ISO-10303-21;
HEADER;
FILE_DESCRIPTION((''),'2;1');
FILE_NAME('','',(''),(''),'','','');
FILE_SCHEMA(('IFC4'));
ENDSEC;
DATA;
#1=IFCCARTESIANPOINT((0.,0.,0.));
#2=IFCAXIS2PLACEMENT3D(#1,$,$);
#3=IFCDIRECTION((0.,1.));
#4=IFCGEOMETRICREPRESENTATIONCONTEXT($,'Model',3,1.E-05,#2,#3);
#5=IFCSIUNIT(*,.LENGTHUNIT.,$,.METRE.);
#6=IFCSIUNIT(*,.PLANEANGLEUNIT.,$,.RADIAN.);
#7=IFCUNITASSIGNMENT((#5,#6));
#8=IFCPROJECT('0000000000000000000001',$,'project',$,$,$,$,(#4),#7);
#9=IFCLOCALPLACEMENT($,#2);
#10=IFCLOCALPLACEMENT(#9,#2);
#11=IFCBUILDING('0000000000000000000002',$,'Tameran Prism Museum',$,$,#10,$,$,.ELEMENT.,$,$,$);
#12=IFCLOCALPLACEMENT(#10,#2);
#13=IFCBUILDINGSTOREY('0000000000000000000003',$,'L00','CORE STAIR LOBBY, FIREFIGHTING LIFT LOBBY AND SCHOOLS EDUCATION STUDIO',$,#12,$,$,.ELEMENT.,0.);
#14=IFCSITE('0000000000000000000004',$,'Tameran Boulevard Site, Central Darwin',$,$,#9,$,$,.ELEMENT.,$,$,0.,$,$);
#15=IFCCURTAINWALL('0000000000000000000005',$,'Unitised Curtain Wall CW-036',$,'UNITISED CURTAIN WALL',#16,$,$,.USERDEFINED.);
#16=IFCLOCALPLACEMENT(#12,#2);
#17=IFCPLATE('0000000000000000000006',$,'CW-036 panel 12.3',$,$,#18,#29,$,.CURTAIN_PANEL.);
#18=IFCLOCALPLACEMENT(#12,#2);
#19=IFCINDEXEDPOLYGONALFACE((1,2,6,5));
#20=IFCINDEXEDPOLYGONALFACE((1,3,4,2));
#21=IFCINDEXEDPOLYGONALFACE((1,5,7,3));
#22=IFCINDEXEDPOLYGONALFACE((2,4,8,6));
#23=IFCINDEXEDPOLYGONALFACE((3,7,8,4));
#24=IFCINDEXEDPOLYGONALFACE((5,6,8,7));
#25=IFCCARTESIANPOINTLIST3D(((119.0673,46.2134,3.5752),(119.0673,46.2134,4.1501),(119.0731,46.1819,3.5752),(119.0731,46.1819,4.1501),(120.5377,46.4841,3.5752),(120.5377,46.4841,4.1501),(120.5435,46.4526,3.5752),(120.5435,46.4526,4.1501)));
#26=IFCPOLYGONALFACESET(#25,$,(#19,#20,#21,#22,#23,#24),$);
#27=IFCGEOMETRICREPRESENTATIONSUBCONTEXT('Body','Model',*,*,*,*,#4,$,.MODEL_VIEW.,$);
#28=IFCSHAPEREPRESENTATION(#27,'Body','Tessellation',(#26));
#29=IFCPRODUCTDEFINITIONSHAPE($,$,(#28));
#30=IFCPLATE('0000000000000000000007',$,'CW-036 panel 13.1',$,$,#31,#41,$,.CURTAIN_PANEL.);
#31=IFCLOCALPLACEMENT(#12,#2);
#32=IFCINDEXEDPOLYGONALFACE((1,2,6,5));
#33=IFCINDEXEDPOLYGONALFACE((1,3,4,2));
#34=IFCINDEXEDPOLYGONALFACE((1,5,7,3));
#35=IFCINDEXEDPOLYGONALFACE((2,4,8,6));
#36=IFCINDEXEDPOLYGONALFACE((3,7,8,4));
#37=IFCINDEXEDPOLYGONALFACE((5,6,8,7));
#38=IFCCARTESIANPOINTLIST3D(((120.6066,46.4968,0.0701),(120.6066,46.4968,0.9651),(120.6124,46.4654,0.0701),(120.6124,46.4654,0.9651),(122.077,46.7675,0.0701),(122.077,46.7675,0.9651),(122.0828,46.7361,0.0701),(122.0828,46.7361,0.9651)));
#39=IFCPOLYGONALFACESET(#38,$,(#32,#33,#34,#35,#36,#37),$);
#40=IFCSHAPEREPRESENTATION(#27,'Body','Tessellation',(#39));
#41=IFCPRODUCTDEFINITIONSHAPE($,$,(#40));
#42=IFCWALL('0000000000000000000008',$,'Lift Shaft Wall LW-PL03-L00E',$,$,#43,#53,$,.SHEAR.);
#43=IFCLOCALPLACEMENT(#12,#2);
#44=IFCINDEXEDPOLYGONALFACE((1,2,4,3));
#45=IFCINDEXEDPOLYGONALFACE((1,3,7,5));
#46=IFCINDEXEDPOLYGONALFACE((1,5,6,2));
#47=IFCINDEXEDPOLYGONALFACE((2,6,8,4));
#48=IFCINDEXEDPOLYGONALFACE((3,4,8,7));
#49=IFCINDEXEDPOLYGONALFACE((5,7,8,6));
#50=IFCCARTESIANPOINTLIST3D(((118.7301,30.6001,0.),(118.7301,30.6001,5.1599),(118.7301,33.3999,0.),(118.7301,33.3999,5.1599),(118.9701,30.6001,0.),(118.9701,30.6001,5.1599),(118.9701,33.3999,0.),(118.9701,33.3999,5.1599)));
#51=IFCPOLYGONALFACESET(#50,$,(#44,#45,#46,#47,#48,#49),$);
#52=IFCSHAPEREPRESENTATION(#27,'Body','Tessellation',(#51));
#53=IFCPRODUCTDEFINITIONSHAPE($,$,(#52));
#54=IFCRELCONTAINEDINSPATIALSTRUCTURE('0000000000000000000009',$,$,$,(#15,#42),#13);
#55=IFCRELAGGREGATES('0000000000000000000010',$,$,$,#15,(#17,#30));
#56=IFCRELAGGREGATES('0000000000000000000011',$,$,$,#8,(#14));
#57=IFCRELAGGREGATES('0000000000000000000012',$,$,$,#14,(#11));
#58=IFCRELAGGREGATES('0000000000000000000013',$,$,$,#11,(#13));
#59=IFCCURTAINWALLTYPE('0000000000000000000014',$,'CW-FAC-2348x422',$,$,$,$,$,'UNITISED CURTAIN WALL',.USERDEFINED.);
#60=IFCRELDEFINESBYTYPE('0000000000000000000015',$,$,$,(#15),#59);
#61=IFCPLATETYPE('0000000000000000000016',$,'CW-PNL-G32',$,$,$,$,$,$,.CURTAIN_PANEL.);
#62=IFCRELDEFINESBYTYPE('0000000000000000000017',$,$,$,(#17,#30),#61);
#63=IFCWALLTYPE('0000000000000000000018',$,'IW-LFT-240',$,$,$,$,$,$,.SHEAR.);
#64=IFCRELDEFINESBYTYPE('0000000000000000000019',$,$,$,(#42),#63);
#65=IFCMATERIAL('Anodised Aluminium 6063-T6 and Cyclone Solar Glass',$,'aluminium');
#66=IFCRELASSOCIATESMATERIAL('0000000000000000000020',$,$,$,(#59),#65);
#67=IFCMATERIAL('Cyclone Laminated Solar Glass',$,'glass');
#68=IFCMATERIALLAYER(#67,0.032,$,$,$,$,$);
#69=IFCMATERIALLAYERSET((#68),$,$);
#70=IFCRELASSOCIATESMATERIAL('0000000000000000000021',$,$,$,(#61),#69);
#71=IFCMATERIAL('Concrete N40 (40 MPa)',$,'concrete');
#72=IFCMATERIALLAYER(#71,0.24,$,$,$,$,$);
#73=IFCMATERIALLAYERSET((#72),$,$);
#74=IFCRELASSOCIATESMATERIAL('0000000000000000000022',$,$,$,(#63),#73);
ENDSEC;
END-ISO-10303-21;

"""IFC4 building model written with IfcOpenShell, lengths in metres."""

from ifc_helpers import new_model, si_unit, direction, frame, frame_2d, origin, origin_2d, place, context, subcontext, project, spatial, rectangle, extrude, material, layer, layer_set, type_object, element, aggregate, save


model = new_model("IFC4")

# Units and contexts
model_context = context("Model", 3, precision=1e-05, world=origin(), true_north=direction((0.0, 1.0)))
body_context = subcontext(model_context, "Body", "Model", "MODEL_VIEW")
ifc_project = project(units=[si_unit("LENGTHUNIT", "METRE"), si_unit("PLANEANGLEUNIT", "RADIAN")], contexts=[model_context])

# Site, building, storey
site_placement = place(None, origin())
site = spatial("IfcSite", under=ifc_project, at=site_placement, Name="Tameran Boulevard Site, Central Darwin", CompositionType="ELEMENT", RefElevation=0.0)
building_placement = place(site_placement, origin())
building = spatial("IfcBuilding", under=site, at=building_placement, Name="Tameran Prism Museum", CompositionType="ELEMENT")
storey_placement = place(building_placement, origin())
storey = spatial("IfcBuildingStorey", under=building, at=storey_placement, Name="L00", Description="CORE STAIR LOBBY, FIREFIGHTING LIFT LOBBY AND SCHOOLS EDUCATION STUDIO", CompositionType="ELEMENT", Elevation=0.0)

# Curtain wall, plates
ifc_material_1 = material(Name="Anodised Aluminium 6063-T6 and Cyclone Solar Glass", Category="aluminium")
curtain_wall_type = type_object("IfcCurtainWallType", Name="CW-FAC-2348x422", ElementType="UNITISED CURTAIN WALL", PredefinedType="USERDEFINED", material=ifc_material_1)
curtain_wall_placement = place(storey_placement, origin())
curtain_wall = element("IfcCurtainWall", 1, at=curtain_wall_placement, inside=storey, type_object=curtain_wall_type, Name="Unitised Curtain Wall CW-036", ObjectType="UNITISED CURTAIN WALL", PredefinedType="USERDEFINED")
ifc_material_2 = material(Name="Cyclone Laminated Solar Glass", Category="glass")
ifc_layer_1 = layer(ifc_material_2, 0.032)
ifc_layer_set_1 = layer_set([ifc_layer_1])
plate_type = type_object("IfcPlateType", Name="CW-PNL-G32", PredefinedType="CURTAIN_PANEL", material=ifc_layer_set_1)
plate_1_placement = place(storey_placement, frame((119.8054, 46.333, 3.5752), z_axis=(0.0, 0.0, 1.0), x_axis=(0.983472, 0.181063, 0.0)))
plate_1 = element("IfcPlate", 2, at=plate_1_placement, type_object=plate_type, Name="CW-036 panel 12.3", PredefinedType="CURTAIN_PANEL", context=body_context, shape_type="SweptSolid", body=[
    extrude(rectangle(XDim=1.4951, YDim=0.032, at=origin_2d()), origin(), (0.0, 0.0, 1.0), 0.575),
])
plate_2_placement = place(storey_placement, frame((121.3447, 46.6165, 0.0701), z_axis=(0.0, 0.0, 1.0), x_axis=(0.983472, 0.181063, 0.0)))
plate_2 = element("IfcPlate", 3, at=plate_2_placement, type_object=plate_type, Name="CW-036 panel 13.1", PredefinedType="CURTAIN_PANEL", context=body_context, shape_type="SweptSolid", body=[
    extrude(rectangle(XDim=1.4951, YDim=0.032, at=origin_2d()), origin(), (0.0, 0.0, 1.0), 0.895),
])
aggregate(curtain_wall, [plate_1, plate_2])

# Wall
ifc_material_3 = material(Name="Concrete N40 (40 MPa)", Category="concrete")
ifc_layer_2 = layer(ifc_material_3, 0.24)
ifc_layer_set_2 = layer_set([ifc_layer_2])
wall_type = type_object("IfcWallType", Name="IW-LFT-240", PredefinedType="SHEAR", material=ifc_layer_set_2)
wall_placement = place(storey_placement, frame((118.8501, 33.3999, 0.0), z_axis=(0.0, 0.0, 1.0), x_axis=(0.0, -1.0, 0.0)))
element("IfcWall", 4, at=wall_placement, inside=storey, type_object=wall_type, Name="Lift Shaft Wall LW-PL03-L00E", PredefinedType="SHEAR", context=body_context, shape_type="SweptSolid", body=[
    extrude(rectangle(XDim=2.7998, YDim=0.24, at=frame_2d((1.3999, 0.0))), origin(), (0.0, 0.0, 1.0), 5.1599),
])

save(model, "model.ifc")
